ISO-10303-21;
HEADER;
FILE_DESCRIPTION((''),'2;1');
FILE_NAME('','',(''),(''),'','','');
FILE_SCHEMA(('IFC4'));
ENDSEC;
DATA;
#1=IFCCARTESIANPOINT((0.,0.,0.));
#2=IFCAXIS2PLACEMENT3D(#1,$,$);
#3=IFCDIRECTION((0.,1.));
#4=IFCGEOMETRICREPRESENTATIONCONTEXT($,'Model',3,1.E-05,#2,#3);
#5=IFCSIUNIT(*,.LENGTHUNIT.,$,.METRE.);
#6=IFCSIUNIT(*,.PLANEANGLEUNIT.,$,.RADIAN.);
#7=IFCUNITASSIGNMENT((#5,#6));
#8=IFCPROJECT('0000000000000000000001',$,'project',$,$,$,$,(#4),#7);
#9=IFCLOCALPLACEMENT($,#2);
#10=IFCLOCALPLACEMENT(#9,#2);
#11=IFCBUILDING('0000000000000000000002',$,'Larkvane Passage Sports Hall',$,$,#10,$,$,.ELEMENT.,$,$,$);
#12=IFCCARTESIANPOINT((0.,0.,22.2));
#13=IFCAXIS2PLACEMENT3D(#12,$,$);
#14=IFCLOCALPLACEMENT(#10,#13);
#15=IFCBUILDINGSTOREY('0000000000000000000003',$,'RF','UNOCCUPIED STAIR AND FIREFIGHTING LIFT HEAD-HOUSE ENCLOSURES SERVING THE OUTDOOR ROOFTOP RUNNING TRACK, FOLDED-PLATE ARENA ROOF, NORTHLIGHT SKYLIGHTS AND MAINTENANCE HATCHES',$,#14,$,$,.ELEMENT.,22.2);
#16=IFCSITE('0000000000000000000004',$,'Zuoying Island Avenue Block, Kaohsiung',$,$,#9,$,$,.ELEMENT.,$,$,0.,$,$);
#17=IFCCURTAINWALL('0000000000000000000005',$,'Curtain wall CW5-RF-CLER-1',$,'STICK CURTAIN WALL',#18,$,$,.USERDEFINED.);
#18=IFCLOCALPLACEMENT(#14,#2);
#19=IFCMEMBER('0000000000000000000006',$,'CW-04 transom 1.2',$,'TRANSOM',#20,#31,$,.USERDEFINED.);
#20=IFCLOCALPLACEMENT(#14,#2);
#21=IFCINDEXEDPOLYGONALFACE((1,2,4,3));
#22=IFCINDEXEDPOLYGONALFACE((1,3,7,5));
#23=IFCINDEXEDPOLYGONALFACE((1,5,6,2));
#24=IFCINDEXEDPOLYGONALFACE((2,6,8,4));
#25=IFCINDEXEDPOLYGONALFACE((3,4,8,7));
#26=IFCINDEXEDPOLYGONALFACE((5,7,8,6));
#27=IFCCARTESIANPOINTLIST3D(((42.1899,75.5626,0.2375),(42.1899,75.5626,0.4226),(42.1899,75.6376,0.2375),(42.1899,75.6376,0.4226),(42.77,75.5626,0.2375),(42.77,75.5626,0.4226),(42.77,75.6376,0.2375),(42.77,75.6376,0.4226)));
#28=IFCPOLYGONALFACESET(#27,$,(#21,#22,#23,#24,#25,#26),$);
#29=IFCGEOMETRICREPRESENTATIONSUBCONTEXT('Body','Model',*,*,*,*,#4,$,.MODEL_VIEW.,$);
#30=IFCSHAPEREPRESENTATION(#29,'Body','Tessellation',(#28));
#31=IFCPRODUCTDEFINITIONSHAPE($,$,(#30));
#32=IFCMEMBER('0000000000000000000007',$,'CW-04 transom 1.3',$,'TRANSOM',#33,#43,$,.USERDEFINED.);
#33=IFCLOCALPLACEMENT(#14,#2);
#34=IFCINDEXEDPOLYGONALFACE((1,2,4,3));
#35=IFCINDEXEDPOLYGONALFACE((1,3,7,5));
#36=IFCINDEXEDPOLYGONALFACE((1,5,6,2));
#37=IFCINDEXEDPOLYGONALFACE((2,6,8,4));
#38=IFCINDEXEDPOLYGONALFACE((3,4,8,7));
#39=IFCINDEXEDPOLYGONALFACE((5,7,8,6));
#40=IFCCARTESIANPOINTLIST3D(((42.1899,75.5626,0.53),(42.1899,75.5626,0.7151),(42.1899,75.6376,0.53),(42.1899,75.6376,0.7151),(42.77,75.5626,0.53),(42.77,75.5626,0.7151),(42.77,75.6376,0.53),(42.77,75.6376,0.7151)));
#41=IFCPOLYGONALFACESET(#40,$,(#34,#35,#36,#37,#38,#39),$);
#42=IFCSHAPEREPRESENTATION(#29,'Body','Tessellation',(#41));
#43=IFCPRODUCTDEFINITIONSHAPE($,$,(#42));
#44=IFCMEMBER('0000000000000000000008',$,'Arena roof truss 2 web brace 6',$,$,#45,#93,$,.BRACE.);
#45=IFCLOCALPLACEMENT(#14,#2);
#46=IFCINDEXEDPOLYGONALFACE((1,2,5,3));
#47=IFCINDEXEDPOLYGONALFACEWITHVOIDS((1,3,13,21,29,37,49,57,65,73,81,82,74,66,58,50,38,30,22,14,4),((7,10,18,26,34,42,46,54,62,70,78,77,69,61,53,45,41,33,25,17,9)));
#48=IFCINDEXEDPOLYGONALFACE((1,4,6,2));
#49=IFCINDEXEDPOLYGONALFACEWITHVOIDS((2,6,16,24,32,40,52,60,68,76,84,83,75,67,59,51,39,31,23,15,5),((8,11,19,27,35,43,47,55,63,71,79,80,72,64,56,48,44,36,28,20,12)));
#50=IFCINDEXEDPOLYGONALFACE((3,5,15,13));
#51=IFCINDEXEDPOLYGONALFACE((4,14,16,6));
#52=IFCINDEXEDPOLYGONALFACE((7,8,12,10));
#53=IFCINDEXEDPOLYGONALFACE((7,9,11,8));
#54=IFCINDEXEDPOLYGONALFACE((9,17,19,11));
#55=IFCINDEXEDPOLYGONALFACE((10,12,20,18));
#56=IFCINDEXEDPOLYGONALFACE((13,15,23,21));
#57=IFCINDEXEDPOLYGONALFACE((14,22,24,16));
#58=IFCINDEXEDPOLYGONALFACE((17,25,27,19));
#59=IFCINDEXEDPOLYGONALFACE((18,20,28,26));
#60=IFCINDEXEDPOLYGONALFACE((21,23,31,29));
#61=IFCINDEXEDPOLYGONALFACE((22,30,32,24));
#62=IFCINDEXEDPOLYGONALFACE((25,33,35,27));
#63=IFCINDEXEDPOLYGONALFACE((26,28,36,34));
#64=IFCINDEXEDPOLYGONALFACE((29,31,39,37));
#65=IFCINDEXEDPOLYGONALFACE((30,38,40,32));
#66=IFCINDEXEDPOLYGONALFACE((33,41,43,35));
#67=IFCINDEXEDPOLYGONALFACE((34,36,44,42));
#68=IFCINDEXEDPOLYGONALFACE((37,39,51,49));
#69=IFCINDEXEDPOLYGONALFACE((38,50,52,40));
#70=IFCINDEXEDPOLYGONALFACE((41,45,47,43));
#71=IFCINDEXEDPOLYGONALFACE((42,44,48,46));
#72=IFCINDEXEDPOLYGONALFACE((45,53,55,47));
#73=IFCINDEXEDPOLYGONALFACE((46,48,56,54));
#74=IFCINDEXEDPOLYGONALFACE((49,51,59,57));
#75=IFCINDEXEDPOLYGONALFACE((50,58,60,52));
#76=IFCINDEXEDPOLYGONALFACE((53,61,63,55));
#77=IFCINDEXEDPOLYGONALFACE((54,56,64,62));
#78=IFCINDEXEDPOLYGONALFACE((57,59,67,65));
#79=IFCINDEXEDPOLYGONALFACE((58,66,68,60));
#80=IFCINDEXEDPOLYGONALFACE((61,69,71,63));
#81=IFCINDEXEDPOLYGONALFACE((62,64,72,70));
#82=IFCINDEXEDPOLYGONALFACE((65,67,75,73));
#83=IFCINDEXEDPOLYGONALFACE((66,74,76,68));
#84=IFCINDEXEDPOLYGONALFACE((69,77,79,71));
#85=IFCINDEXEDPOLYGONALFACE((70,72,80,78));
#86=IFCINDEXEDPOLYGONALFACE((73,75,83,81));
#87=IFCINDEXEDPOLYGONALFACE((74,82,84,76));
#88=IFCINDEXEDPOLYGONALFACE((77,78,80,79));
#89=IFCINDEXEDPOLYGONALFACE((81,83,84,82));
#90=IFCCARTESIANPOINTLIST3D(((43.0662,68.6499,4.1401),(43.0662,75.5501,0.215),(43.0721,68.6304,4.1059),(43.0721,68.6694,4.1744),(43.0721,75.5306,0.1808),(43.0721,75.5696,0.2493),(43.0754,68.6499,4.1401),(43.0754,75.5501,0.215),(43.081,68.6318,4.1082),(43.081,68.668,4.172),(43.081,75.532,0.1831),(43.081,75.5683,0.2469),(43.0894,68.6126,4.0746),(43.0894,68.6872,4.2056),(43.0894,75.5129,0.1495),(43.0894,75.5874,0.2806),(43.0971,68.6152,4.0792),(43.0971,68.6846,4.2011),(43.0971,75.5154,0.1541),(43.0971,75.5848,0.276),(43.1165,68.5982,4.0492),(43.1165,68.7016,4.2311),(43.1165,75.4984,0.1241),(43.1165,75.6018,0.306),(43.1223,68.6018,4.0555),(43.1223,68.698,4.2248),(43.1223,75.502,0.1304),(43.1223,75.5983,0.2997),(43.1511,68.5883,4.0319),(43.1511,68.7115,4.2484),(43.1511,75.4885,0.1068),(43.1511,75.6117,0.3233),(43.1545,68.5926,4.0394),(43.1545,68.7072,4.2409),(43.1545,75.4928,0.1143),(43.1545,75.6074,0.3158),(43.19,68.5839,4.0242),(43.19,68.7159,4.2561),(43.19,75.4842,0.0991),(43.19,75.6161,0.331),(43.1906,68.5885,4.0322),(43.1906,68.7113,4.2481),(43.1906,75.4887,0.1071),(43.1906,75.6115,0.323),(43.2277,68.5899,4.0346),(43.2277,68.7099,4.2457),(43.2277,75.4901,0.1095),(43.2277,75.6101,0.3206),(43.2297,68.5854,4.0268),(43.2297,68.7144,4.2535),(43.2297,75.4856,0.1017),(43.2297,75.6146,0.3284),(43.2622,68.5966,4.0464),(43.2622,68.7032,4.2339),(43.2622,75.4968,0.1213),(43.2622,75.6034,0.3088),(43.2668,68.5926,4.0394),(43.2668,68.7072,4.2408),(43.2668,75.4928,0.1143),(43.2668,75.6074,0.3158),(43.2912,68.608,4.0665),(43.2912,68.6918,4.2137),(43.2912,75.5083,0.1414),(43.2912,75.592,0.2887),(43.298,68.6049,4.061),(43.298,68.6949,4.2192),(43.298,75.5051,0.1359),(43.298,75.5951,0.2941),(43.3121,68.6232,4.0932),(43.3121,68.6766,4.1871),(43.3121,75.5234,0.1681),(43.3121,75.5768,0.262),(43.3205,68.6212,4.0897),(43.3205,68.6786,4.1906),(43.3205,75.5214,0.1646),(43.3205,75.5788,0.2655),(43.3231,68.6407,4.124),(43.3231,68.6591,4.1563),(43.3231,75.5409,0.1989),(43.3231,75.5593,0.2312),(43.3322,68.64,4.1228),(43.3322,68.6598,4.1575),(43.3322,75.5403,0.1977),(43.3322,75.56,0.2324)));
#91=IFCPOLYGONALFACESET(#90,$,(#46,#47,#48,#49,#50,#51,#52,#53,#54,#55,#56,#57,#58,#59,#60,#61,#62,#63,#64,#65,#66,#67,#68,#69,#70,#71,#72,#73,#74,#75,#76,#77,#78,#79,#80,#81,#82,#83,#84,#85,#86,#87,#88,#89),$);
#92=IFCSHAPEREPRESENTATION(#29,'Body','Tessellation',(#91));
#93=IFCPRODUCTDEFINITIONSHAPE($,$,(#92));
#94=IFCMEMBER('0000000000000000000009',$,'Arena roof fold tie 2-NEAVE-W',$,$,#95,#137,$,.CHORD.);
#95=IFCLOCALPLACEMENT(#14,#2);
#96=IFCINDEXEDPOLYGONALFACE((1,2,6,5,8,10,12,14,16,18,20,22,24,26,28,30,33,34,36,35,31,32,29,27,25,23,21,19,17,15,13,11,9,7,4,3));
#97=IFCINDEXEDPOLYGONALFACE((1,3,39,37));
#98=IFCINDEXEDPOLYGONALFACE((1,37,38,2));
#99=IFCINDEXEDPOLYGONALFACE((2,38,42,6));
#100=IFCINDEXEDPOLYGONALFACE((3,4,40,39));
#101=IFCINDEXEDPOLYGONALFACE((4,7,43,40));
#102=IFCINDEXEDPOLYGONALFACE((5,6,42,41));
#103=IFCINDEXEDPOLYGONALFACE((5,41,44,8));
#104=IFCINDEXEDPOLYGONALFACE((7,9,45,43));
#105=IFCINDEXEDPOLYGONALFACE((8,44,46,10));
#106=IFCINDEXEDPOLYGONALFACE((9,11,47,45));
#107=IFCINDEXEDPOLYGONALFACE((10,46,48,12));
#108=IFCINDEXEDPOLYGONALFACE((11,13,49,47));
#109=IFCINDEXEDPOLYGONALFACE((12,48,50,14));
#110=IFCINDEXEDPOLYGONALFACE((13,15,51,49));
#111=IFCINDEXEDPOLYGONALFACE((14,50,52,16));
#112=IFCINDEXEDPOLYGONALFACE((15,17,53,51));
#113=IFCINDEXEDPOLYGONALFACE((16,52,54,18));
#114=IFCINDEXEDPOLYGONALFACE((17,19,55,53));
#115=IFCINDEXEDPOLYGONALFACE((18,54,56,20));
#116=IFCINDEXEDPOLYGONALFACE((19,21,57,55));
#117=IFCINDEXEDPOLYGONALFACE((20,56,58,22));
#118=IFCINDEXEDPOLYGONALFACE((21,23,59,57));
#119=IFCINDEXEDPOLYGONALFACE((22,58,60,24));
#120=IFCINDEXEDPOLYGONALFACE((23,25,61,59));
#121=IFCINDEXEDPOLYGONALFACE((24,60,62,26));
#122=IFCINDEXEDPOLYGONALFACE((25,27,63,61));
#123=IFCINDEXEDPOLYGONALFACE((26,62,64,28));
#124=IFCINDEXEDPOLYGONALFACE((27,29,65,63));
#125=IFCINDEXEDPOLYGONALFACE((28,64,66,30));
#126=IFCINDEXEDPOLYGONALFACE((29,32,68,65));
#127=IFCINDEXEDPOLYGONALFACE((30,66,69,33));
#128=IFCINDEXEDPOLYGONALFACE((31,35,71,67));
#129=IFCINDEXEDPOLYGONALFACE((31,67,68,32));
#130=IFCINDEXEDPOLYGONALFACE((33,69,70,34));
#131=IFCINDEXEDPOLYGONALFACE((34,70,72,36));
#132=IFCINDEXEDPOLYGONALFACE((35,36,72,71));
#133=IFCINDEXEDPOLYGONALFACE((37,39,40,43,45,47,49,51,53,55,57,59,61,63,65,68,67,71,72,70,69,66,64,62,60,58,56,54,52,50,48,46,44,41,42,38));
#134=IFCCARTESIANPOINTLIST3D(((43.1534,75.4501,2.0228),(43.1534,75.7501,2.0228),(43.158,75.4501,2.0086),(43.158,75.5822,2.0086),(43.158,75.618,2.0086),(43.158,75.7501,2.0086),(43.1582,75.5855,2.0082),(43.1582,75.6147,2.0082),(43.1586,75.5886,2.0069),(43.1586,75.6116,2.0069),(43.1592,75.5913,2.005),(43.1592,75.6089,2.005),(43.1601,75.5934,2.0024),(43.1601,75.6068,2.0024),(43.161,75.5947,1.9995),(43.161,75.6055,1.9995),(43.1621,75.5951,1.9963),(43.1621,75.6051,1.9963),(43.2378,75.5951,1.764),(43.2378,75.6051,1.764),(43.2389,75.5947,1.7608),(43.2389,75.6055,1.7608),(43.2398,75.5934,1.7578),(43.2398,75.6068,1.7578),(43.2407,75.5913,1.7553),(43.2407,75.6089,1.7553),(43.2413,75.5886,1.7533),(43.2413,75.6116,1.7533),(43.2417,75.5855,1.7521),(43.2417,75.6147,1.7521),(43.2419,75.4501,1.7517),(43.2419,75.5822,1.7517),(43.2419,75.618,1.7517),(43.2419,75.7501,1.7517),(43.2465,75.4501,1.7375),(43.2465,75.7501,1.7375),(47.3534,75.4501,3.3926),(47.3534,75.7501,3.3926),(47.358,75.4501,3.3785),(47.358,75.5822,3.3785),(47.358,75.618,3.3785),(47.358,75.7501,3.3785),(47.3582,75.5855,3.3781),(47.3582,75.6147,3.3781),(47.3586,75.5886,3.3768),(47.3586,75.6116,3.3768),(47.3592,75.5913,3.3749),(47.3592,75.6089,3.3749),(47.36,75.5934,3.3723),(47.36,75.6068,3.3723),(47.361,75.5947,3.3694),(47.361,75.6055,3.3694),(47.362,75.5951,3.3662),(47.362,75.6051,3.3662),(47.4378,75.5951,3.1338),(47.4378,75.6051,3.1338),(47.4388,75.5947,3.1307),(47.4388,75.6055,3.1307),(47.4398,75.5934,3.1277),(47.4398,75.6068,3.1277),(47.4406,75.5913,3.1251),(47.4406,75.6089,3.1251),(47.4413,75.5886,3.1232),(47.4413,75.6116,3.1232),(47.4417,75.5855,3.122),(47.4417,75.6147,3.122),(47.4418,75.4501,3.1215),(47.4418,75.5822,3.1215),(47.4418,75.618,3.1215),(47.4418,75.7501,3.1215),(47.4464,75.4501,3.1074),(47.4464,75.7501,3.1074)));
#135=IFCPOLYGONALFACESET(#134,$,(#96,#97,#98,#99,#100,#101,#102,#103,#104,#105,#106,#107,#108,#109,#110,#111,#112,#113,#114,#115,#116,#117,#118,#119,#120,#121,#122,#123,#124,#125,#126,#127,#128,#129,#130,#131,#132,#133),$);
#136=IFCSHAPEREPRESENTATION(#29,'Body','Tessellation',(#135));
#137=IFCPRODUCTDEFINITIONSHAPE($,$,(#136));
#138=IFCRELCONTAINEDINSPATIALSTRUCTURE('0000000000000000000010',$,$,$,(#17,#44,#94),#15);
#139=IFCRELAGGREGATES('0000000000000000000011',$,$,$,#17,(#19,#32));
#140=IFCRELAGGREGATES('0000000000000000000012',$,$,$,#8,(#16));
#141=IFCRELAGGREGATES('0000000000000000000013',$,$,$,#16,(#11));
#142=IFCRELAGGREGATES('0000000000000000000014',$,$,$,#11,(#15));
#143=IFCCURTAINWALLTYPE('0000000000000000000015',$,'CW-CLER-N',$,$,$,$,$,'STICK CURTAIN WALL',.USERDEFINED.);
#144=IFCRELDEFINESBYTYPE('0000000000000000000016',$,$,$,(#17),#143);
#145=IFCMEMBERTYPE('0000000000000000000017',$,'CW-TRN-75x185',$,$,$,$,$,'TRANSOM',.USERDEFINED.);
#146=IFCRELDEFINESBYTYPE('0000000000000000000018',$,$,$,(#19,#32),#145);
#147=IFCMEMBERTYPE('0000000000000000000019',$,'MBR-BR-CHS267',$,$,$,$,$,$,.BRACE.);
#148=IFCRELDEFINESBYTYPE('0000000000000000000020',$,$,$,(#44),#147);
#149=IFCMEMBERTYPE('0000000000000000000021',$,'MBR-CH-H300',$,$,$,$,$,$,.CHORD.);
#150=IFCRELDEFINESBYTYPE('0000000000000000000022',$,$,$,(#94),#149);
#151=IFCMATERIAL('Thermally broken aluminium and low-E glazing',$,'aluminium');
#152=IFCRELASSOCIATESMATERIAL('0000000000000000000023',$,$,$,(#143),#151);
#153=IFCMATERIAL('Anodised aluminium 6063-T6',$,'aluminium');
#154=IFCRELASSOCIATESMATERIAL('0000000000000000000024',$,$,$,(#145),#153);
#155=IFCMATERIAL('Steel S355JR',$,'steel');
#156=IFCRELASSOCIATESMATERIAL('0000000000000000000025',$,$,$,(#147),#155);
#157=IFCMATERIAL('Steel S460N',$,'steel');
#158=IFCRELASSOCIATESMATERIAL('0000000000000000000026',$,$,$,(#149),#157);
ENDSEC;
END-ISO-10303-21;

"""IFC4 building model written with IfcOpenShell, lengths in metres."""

from ifc_helpers import new_model, si_unit, direction, frame, origin, origin_2d, place, context, subcontext, project, spatial, rectangle, hollow_circle, i_section, extrude, material, material_profile, profile_set, type_object, element, aggregate, save


model = new_model("IFC4")

# Units and contexts
model_context = context("Model", 3, precision=1e-05, world=origin(), true_north=direction((0.0, 1.0)))
body_context = subcontext(model_context, "Body", "Model", "MODEL_VIEW")
ifc_project = project(units=[si_unit("LENGTHUNIT", "METRE"), si_unit("PLANEANGLEUNIT", "RADIAN")], contexts=[model_context])

# Site, building, storey
site_placement = place(None, origin())
site = spatial("IfcSite", under=ifc_project, at=site_placement, Name="Zuoying Island Avenue Block, Kaohsiung", CompositionType="ELEMENT", RefElevation=0.0)
building_placement = place(site_placement, origin())
building = spatial("IfcBuilding", under=site, at=building_placement, Name="Larkvane Passage Sports Hall", CompositionType="ELEMENT")
storey_placement = place(building_placement, frame((0.0, 0.0, 22.2)))
storey = spatial("IfcBuildingStorey", under=building, at=storey_placement, Name="RF", Description="UNOCCUPIED STAIR AND FIREFIGHTING LIFT HEAD-HOUSE ENCLOSURES SERVING THE OUTDOOR ROOFTOP RUNNING TRACK, FOLDED-PLATE ARENA ROOF, NORTHLIGHT SKYLIGHTS AND MAINTENANCE HATCHES", CompositionType="ELEMENT", Elevation=22.2)

# Shared definitions
ifc_material_1 = material(Name="Steel S460N", Category="steel")

# Shared definitions
ifc_material_2 = material(Name="Steel S355JR", Category="steel")

# Curtain wall
ifc_material_3 = material(Name="Thermally broken aluminium and low-E glazing", Category="aluminium")
curtain_wall_type = type_object("IfcCurtainWallType", Name="CW-CLER-N", ElementType="STICK CURTAIN WALL", PredefinedType="USERDEFINED", material=ifc_material_3)
curtain_wall_1_placement = place(storey_placement, origin())
curtain_wall_1 = element("IfcCurtainWall", 1, at=curtain_wall_1_placement, inside=storey, type_object=curtain_wall_type, Name="Curtain wall CW5-RF-CLER-1", ObjectType="STICK CURTAIN WALL", PredefinedType="USERDEFINED")
ifc_material_4 = material(Name="Anodised aluminium 6063-T6", Category="aluminium")

# Members
ifc_material_profile_1 = material_profile(ifc_material_4, rectangle(XDim=0.075, YDim=0.1851, at=origin_2d()), Name="ALU-TRN-75x185")
ifc_profile_set_1 = profile_set([ifc_material_profile_1], Name="Anodised aluminium 6063-T6")
member_type_1 = type_object("IfcMemberType", Name="CW-TRN-75x185", ElementType="TRANSOM", PredefinedType="USERDEFINED", material=ifc_profile_set_1)
member_1_placement = place(storey_placement, frame((42.77, 75.6001, 0.3301), z_axis=(-1.0, 0.0, 0.0), x_axis=(0.0, -1.0, 0.0)))
member_1 = element("IfcMember", 2, at=member_1_placement, type_object=member_type_1, Name="CW-04 transom 1.2", ObjectType="TRANSOM", PredefinedType="USERDEFINED", context=body_context, shape_type="SweptSolid", body=[
    extrude(rectangle(XDim=0.075, YDim=0.1851, at=origin_2d()), origin(), (0.0, 0.0, 1.0), 0.5801),
])
member_2_placement = place(storey_placement, frame((42.77, 75.6001, 0.6226), z_axis=(-1.0, 0.0, 0.0), x_axis=(0.0, -1.0, 0.0)))
member_2 = element("IfcMember", 3, at=member_2_placement, type_object=member_type_1, Name="CW-04 transom 1.3", ObjectType="TRANSOM", PredefinedType="USERDEFINED", context=body_context, shape_type="SweptSolid", body=[
    extrude(rectangle(XDim=0.075, YDim=0.1851, at=origin_2d()), origin(), (0.0, 0.0, 1.0), 0.5801),
])
aggregate(curtain_wall_1, [member_1, member_2])

# Members
ifc_material_profile_2 = material_profile(ifc_material_2, hollow_circle(Radius=0.1338, WallThickness=0.0093, at=origin_2d()), Name="CHS-267.4x9.3")
ifc_profile_set_2 = profile_set([ifc_material_profile_2], Name="Steel S355JR")
member_type_2 = type_object("IfcMemberType", Name="MBR-BR-CHS267", PredefinedType="BRACE", material=ifc_profile_set_2)
member_3_placement = place(storey_placement, frame((43.2, 68.6499, 4.1401), z_axis=(0.0, 0.869212, -0.494439), x_axis=(-1.0, 0.0, 0.0)))
element("IfcMember", 4, at=member_3_placement, inside=storey, type_object=member_type_2, Name="Arena roof truss 2 web brace 6", PredefinedType="BRACE", context=body_context, shape_type="SweptSolid", body=[
    extrude(hollow_circle(Radius=0.1338, WallThickness=0.0093, at=origin_2d()), origin(), (0.0, 0.0, 1.0), 7.9385),
])
ifc_material_profile_3 = material_profile(ifc_material_1, i_section(OverallWidth=0.3, OverallDepth=0.3, WebThickness=0.01, FlangeThickness=0.0149, FilletRadius=0.0129, at=origin_2d()), Name="H-300x300x10x15")
ifc_profile_set_3 = profile_set([ifc_material_profile_3], Name="Steel S460N")
member_type_3 = type_object("IfcMemberType", Name="MBR-CH-H300", PredefinedType="CHORD", material=ifc_profile_set_3)
member_4_placement = place(storey_placement, frame((43.2, 75.6001, 1.8801), z_axis=(0.950708, 0.0, 0.310087), x_axis=(0.0, 1.0, 0.0)))
element("IfcMember", 5, at=member_4_placement, inside=storey, type_object=member_type_3, Name="Arena roof fold tie 2-NEAVE-W", PredefinedType="CHORD", context=body_context, shape_type="SweptSolid", body=[
    extrude(i_section(OverallWidth=0.3, OverallDepth=0.3, WebThickness=0.01, FlangeThickness=0.0149, FilletRadius=0.0129, at=origin_2d()), origin(), (0.0, 0.0, 1.0), 4.4177),
])

save(model, "model.ifc")
